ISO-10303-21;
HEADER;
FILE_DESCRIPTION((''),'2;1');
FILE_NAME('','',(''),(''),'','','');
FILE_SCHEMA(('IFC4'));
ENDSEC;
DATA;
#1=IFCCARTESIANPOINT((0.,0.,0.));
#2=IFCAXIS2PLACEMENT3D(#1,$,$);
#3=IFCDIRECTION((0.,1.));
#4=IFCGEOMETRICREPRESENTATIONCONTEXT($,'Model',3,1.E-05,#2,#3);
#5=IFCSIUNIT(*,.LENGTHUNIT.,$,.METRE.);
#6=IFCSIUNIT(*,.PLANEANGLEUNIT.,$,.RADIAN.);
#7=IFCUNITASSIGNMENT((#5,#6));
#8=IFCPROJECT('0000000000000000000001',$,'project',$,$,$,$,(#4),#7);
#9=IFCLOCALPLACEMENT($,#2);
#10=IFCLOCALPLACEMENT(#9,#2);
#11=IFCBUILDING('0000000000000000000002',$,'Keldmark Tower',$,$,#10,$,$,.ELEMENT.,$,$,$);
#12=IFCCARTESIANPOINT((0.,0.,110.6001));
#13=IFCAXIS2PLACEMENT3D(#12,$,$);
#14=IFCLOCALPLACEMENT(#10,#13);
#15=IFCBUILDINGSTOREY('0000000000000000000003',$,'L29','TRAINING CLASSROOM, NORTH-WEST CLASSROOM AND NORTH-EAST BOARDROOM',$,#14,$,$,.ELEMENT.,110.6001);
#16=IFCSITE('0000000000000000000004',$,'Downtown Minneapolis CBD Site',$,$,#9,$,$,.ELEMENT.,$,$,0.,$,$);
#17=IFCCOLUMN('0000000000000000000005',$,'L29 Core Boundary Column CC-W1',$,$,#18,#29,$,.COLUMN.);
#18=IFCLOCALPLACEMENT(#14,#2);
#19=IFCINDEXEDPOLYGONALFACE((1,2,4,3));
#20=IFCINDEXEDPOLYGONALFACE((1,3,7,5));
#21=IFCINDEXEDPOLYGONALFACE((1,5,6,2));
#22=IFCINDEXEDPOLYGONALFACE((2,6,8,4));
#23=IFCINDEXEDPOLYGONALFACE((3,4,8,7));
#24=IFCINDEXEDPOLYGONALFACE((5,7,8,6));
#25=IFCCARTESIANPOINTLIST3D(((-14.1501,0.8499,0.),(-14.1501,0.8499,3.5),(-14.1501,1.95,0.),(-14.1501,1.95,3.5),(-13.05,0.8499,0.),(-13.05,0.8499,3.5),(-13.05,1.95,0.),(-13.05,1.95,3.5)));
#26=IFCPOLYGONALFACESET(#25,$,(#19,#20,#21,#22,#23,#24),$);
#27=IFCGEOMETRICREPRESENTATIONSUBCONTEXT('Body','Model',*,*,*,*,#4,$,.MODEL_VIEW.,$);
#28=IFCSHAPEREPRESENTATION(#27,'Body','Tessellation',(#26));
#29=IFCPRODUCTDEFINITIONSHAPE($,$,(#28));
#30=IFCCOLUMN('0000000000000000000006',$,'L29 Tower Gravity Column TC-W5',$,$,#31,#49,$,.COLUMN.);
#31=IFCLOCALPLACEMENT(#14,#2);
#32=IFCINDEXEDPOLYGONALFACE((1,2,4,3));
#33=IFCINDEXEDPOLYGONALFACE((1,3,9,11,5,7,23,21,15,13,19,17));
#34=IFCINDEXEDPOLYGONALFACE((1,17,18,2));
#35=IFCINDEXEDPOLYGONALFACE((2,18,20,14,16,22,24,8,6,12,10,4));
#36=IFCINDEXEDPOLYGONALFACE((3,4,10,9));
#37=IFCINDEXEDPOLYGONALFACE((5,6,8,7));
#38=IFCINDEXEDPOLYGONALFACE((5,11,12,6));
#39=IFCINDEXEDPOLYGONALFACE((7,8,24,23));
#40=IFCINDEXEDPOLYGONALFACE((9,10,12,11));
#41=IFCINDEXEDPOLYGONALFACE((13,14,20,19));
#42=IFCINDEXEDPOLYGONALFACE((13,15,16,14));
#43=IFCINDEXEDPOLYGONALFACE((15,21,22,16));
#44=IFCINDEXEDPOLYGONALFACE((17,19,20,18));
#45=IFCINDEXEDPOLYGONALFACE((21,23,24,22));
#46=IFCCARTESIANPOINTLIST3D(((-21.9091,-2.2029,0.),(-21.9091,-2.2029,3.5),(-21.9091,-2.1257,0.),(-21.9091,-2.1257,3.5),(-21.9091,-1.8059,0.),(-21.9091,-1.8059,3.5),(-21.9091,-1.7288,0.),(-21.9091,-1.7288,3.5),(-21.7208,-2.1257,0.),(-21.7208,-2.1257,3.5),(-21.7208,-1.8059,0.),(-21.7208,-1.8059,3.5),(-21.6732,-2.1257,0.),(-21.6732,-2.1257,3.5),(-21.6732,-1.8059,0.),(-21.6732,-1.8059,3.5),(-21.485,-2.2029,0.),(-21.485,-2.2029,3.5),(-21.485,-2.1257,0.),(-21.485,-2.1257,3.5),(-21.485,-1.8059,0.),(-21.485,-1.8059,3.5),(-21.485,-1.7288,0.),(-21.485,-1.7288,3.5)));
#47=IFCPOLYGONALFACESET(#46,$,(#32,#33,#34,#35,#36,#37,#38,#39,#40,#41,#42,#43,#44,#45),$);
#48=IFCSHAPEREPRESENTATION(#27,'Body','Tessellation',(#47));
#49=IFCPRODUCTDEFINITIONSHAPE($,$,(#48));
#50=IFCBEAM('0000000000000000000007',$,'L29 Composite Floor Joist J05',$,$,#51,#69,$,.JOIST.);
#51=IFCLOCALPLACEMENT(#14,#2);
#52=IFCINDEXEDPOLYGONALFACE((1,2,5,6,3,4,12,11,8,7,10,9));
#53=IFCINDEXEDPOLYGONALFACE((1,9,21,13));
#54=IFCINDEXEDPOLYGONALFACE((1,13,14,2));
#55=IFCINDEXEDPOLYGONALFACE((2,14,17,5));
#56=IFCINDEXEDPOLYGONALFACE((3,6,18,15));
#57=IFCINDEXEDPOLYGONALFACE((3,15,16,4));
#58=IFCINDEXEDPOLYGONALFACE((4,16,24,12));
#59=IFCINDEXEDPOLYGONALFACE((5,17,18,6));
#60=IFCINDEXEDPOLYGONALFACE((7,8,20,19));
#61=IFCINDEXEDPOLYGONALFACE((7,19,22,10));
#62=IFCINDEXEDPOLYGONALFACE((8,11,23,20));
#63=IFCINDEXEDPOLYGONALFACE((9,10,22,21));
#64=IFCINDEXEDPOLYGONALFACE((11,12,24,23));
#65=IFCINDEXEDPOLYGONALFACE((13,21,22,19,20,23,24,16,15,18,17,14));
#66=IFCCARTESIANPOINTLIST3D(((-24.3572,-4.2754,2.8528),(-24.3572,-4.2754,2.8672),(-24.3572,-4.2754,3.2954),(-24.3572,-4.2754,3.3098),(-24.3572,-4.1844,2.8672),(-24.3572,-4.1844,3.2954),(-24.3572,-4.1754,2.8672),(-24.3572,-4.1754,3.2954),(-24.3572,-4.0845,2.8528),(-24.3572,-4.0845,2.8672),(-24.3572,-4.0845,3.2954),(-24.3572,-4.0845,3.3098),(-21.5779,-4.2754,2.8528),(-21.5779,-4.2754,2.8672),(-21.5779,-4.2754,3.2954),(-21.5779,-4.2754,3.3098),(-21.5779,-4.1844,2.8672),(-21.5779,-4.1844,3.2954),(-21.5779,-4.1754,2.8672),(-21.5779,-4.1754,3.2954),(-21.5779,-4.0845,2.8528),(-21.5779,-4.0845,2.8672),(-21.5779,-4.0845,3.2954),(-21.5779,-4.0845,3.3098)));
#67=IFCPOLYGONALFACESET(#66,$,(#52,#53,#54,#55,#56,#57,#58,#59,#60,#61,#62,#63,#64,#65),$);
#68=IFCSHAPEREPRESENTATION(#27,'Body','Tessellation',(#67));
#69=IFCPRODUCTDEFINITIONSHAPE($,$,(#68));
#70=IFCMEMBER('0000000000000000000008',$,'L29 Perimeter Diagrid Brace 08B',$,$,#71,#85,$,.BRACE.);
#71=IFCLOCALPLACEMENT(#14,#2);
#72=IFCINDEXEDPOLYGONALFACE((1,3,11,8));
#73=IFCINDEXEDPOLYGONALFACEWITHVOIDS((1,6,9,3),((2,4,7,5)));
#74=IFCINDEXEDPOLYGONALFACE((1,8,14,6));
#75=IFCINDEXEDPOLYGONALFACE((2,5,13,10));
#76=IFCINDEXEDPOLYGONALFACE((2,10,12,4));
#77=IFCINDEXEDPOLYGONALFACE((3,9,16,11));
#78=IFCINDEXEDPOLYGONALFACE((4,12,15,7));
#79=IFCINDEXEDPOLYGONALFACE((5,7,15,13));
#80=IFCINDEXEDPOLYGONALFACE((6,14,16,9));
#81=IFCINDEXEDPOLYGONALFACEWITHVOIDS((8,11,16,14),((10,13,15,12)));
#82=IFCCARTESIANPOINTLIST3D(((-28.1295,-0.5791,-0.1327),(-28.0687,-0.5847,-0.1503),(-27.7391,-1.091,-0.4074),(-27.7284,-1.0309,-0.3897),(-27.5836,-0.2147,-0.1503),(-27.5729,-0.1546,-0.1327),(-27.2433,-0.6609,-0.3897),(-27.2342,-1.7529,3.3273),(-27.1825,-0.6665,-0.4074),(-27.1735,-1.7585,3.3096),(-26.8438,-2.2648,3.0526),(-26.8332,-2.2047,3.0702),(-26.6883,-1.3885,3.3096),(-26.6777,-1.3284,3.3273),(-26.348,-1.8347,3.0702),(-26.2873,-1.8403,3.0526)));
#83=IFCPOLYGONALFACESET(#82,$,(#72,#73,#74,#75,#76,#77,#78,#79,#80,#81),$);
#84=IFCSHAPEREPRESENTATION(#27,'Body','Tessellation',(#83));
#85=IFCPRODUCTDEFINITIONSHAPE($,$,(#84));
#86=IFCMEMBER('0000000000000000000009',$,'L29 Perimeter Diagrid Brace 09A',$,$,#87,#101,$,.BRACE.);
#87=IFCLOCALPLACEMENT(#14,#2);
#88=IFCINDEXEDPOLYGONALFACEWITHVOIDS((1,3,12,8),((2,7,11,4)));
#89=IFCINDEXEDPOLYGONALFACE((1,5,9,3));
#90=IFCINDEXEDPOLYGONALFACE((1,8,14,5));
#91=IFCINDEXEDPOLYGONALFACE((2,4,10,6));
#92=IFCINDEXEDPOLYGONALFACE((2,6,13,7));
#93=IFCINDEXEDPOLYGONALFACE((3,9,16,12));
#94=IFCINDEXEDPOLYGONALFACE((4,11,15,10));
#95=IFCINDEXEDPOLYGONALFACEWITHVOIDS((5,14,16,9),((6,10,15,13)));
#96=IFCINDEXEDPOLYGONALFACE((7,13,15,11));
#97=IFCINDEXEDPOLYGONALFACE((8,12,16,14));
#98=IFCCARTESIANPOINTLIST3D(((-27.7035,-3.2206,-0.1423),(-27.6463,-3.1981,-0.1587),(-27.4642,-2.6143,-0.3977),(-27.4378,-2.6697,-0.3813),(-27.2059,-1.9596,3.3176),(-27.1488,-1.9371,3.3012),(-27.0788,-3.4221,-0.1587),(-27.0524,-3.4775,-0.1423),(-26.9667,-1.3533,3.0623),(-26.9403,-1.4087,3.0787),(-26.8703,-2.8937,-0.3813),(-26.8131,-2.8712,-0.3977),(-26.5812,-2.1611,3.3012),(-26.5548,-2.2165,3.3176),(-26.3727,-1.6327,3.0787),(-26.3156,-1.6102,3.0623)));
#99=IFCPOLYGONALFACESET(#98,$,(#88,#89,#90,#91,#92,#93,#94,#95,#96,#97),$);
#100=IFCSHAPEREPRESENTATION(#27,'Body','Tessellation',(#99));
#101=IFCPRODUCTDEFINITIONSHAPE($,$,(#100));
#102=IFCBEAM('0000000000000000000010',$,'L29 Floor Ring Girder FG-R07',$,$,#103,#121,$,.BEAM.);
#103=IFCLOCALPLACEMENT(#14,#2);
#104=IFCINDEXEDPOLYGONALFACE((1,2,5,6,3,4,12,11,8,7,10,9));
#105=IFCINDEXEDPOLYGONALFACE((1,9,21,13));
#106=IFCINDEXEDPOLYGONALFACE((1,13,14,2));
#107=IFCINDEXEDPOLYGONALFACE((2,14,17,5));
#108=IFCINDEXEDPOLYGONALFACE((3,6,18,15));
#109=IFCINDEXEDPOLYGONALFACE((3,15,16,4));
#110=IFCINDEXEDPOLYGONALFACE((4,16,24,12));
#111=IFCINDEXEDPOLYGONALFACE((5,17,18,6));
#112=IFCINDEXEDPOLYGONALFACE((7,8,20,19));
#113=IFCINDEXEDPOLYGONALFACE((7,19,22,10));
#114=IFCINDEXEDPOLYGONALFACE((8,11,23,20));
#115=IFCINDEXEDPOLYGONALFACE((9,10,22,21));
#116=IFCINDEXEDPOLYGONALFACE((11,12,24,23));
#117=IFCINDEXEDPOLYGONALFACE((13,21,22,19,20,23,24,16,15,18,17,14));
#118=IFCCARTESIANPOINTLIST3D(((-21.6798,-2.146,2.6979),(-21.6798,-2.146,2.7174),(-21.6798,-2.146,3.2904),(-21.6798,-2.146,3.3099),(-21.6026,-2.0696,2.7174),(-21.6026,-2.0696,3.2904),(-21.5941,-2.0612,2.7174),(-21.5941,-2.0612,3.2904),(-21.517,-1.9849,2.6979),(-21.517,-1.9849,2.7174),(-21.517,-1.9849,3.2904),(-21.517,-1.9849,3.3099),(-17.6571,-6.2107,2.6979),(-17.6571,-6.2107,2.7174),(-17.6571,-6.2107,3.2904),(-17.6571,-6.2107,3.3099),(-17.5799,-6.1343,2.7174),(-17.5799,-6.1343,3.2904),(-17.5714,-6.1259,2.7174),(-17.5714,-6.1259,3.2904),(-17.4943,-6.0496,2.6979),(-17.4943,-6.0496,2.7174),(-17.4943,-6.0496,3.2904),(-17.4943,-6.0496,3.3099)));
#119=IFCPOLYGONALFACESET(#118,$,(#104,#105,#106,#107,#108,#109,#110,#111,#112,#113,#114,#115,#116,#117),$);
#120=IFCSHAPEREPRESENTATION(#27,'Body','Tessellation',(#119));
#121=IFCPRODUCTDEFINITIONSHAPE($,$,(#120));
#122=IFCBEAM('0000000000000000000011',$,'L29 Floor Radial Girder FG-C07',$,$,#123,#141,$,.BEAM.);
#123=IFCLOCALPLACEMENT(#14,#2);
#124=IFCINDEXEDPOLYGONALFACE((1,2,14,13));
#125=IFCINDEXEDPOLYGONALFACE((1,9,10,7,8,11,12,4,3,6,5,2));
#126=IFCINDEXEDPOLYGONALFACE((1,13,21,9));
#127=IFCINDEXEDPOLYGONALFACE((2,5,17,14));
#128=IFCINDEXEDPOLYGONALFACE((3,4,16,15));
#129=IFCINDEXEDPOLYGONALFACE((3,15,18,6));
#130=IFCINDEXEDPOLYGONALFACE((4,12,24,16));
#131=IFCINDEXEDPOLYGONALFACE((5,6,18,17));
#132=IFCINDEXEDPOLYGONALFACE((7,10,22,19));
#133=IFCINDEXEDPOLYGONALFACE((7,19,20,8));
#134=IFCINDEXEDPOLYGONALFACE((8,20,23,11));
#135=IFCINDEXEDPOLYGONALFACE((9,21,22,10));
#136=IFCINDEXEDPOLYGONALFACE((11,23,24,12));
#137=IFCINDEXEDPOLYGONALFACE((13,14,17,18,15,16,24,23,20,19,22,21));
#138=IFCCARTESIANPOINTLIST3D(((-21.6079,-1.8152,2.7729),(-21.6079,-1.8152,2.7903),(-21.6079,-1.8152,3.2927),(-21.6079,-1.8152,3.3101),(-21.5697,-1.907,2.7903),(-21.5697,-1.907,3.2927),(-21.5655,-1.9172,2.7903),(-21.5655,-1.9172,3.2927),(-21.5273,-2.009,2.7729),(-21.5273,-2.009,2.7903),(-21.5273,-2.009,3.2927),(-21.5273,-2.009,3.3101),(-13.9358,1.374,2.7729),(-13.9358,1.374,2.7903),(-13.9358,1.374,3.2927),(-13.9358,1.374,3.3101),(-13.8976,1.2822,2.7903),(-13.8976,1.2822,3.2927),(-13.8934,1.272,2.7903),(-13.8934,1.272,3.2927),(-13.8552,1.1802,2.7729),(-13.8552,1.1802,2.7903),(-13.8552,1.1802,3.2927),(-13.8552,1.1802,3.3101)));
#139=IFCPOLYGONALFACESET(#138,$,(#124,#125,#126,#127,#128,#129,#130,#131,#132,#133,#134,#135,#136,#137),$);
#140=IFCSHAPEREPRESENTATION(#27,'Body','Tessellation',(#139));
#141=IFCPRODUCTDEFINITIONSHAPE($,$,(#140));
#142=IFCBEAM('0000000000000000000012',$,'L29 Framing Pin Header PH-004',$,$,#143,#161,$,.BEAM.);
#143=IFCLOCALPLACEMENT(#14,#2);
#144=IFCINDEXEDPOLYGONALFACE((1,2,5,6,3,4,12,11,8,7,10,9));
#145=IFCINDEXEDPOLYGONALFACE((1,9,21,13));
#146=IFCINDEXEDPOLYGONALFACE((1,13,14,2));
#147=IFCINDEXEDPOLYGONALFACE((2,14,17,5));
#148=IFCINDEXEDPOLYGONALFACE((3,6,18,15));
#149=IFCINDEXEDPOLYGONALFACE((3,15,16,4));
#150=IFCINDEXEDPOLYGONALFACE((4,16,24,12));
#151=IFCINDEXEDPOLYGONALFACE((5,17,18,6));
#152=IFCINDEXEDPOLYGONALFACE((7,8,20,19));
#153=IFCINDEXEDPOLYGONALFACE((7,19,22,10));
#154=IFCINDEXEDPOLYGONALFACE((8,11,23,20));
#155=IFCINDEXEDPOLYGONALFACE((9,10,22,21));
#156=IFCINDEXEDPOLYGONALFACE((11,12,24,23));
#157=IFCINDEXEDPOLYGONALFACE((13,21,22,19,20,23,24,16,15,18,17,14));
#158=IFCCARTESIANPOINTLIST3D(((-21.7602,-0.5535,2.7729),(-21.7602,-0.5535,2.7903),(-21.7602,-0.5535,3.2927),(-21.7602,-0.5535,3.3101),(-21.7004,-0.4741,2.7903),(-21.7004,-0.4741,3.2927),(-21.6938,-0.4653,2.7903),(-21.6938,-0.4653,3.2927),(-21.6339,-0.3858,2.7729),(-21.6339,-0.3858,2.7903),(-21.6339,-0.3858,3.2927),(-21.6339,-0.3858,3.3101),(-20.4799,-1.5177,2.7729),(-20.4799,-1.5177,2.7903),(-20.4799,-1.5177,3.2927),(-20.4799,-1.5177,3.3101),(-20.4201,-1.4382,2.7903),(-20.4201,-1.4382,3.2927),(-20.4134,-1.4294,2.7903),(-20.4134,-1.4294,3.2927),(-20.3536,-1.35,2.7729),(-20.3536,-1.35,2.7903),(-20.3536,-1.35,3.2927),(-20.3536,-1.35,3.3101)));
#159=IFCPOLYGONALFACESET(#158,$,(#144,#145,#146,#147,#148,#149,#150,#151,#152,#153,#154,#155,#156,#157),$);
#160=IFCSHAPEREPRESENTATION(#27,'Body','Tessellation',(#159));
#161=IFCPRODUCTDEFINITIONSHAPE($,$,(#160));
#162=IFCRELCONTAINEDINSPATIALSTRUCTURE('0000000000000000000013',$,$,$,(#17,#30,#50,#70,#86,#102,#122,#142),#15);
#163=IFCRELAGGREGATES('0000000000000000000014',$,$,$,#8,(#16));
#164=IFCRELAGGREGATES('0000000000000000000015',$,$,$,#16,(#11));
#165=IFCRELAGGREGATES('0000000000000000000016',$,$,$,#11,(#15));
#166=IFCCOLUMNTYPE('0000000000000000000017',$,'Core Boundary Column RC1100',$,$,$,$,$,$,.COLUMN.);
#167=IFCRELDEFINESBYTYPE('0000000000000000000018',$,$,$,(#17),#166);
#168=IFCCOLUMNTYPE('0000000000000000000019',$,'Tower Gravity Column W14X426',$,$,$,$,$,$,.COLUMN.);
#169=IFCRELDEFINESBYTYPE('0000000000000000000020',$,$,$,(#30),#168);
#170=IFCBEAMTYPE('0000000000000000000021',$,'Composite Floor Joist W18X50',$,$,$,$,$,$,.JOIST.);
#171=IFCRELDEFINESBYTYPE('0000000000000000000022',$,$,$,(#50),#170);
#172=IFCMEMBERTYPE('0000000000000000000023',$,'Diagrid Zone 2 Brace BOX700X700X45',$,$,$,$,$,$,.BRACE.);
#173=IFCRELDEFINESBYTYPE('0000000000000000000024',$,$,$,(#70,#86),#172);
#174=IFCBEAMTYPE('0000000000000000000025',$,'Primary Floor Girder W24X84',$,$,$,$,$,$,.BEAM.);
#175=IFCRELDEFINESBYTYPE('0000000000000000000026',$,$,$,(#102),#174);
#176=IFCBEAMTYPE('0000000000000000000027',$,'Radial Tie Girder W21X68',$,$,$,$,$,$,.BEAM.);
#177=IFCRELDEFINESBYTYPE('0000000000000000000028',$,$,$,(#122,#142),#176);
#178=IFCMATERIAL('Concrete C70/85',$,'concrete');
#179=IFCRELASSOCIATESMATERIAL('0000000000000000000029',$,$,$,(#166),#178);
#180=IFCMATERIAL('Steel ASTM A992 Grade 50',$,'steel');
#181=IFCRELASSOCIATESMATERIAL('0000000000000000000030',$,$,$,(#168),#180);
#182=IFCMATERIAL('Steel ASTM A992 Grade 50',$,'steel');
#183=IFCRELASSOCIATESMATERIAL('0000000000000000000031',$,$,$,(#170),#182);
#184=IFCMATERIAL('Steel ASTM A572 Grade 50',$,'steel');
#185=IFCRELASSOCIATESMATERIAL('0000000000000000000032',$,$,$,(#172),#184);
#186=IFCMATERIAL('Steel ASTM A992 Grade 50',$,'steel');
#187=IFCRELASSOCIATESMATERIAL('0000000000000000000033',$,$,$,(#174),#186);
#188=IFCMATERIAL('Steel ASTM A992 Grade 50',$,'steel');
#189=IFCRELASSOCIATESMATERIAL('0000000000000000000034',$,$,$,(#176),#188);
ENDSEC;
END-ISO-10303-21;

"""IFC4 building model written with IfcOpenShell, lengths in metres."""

from ifc_helpers import new_model, si_unit, direction, frame, origin, origin_2d, place, context, subcontext, project, spatial, rectangle, hollow_rectangle, i_section, extrude, material, material_profile, profile_set, type_object, element, save


model = new_model("IFC4")

# Units and contexts
model_context = context("Model", 3, precision=1e-05, world=origin(), true_north=direction((0.0, 1.0)))
body_context = subcontext(model_context, "Body", "Model", "MODEL_VIEW")
ifc_project = project(units=[si_unit("LENGTHUNIT", "METRE"), si_unit("PLANEANGLEUNIT", "RADIAN")], contexts=[model_context])

# Site, building, storey
site_placement = place(None, origin())
site = spatial("IfcSite", under=ifc_project, at=site_placement, Name="Downtown Minneapolis CBD Site", CompositionType="ELEMENT", RefElevation=0.0)
building_placement = place(site_placement, origin())
building = spatial("IfcBuilding", under=site, at=building_placement, Name="Keldmark Tower", CompositionType="ELEMENT")
storey_placement = place(building_placement, frame((0.0, 0.0, 110.6001)))
storey = spatial("IfcBuildingStorey", under=building, at=storey_placement, Name="L29", Description="TRAINING CLASSROOM, NORTH-WEST CLASSROOM AND NORTH-EAST BOARDROOM", CompositionType="ELEMENT", Elevation=110.6001)

# Columns
ifc_material_1 = material(Name="Concrete C70/85", Category="concrete")
ifc_material_profile_1 = material_profile(ifc_material_1, rectangle(XDim=1.1001, YDim=1.1001, at=origin_2d()), Name="RC1100X1100")
ifc_profile_set_1 = profile_set([ifc_material_profile_1], Name="Concrete C70/85")
column_type_1 = type_object("IfcColumnType", Name="Core Boundary Column RC1100", PredefinedType="COLUMN", material=ifc_profile_set_1)
column_1_placement = place(storey_placement, frame((-13.6001, 1.3999, 0.0), z_axis=(0.0, 0.0, 1.0), x_axis=(1.0, 0.0, 0.0)))
element("IfcColumn", 1, at=column_1_placement, inside=storey, type_object=column_type_1, Name="L29 Core Boundary Column CC-W1", PredefinedType="COLUMN", context=body_context, shape_type="SweptSolid", body=[
    extrude(rectangle(XDim=1.1001, YDim=1.1001, at=origin_2d()), origin(), (0.0, 0.0, 1.0), 3.5),
])
ifc_material_2 = material(Name="Steel ASTM A992 Grade 50", Category="steel")
ifc_material_profile_2 = material_profile(ifc_material_2, i_section(OverallWidth=0.4241, OverallDepth=0.4741, WebThickness=0.0476, FlangeThickness=0.0771, at=origin_2d()), Name="W14X426")
ifc_profile_set_2 = profile_set([ifc_material_profile_2], Name="Steel ASTM A992 Grade 50")
column_type_2 = type_object("IfcColumnType", Name="Tower Gravity Column W14X426", PredefinedType="COLUMN", material=ifc_profile_set_2)
column_2_placement = place(storey_placement, frame((-21.697, -1.9658, 0.0), z_axis=(0.0, 0.0, 1.0), x_axis=(1.0, 0.0, 0.0)))
element("IfcColumn", 2, at=column_2_placement, inside=storey, type_object=column_type_2, Name="L29 Tower Gravity Column TC-W5", PredefinedType="COLUMN", context=body_context, shape_type="SweptSolid", body=[
    extrude(i_section(OverallWidth=0.4241, OverallDepth=0.4741, WebThickness=0.0476, FlangeThickness=0.0771, at=origin_2d()), origin(), (0.0, 0.0, 1.0), 3.5),
])

# Beam
ifc_material_3 = material(Name="Steel ASTM A992 Grade 50", Category="steel")
ifc_material_profile_3 = material_profile(ifc_material_3, i_section(OverallWidth=0.1909, OverallDepth=0.457, WebThickness=0.009, FlangeThickness=0.0144, at=origin_2d()), Name="W18X50")
ifc_profile_set_3 = profile_set([ifc_material_profile_3], Name="Steel ASTM A992 Grade 50")
beam_type_1 = type_object("IfcBeamType", Name="Composite Floor Joist W18X50", PredefinedType="JOIST", material=ifc_profile_set_3)
beam_1_placement = place(storey_placement, frame((-24.3572, -4.1799, 3.0813), z_axis=(1.0, 0.0, 0.0), x_axis=(0.0, 1.0, 0.0)))
element("IfcBeam", 3, at=beam_1_placement, inside=storey, type_object=beam_type_1, Name="L29 Composite Floor Joist J05", PredefinedType="JOIST", context=body_context, shape_type="SweptSolid", body=[
    extrude(i_section(OverallWidth=0.1909, OverallDepth=0.457, WebThickness=0.009, FlangeThickness=0.0144, at=origin_2d()), origin(), (0.0, 0.0, 1.0), 2.7793),
])

# Members
ifc_material_4 = material(Name="Steel ASTM A572 Grade 50", Category="steel")
ifc_material_profile_4 = material_profile(ifc_material_4, hollow_rectangle(XDim=0.7, YDim=0.7, WallThickness=0.0449, at=origin_2d()), Name="BOX700X700X45")
ifc_profile_set_4 = profile_set([ifc_material_profile_4], Name="Steel ASTM A572 Grade 50")
member_type = type_object("IfcMemberType", Name="Diagrid Zone 2 Brace BOX700X700X45", PredefinedType="BRACE", material=ifc_profile_set_4)
member_1_placement = place(storey_placement, frame((-27.656, -0.6228, -0.27), z_axis=(0.237992, -0.312044, 0.919776), x_axis=(0.795132, 0.606437, 0.0)))
element("IfcMember", 4, at=member_1_placement, inside=storey, type_object=member_type, Name="L29 Perimeter Diagrid Brace 08B", PredefinedType="BRACE", context=body_context, shape_type="SweptSolid", body=[
    extrude(hollow_rectangle(XDim=0.7, YDim=0.7, WallThickness=0.0449, at=origin_2d()), origin(), (0.0, 0.0, 1.0), 3.7617),
])
member_2_placement = place(storey_placement, frame((-27.2583, -3.0459, -0.27), z_axis=(0.133895, 0.339336, 0.931087), x_axis=(-0.930205, 0.367039, 0.0)))
element("IfcMember", 5, at=member_2_placement, inside=storey, type_object=member_type, Name="L29 Perimeter Diagrid Brace 09A", PredefinedType="BRACE", context=body_context, shape_type="SweptSolid", body=[
    extrude(hollow_rectangle(XDim=0.7, YDim=0.7, WallThickness=0.0449, at=origin_2d()), origin(), (0.0, 0.0, 1.0), 3.7161),
])

# Beams
ifc_material_5 = material(Name="Steel ASTM A992 Grade 50", Category="steel")
ifc_material_profile_5 = material_profile(ifc_material_5, i_section(OverallWidth=0.229, OverallDepth=0.6121, WebThickness=0.012, FlangeThickness=0.0195, at=origin_2d()), Name="W24X84")
ifc_profile_set_5 = profile_set([ifc_material_profile_5], Name="Steel ASTM A992 Grade 50")
beam_type_2 = type_object("IfcBeamType", Name="Primary Floor Girder W24X84", PredefinedType="BEAM", material=ifc_profile_set_5)
beam_2_placement = place(storey_placement, frame((-21.5984, -2.0654, 3.0039), z_axis=(0.703426, -0.710769, 0.0), x_axis=(0.710769, 0.703426, 0.0)))
element("IfcBeam", 6, at=beam_2_placement, inside=storey, type_object=beam_type_2, Name="L29 Floor Ring Girder FG-R07", PredefinedType="BEAM", context=body_context, shape_type="SweptSolid", body=[
    extrude(i_section(OverallWidth=0.229, OverallDepth=0.6121, WebThickness=0.012, FlangeThickness=0.0195, at=origin_2d()), origin(), (0.0, 0.0, 1.0), 5.7188),
])
ifc_material_6 = material(Name="Steel ASTM A992 Grade 50", Category="steel")
ifc_material_profile_6 = material_profile(ifc_material_6, i_section(OverallWidth=0.21, OverallDepth=0.5371, WebThickness=0.011, FlangeThickness=0.0173, at=origin_2d()), Name="W21X68")
ifc_profile_set_6 = profile_set([ifc_material_profile_6], Name="Steel ASTM A992 Grade 50")
beam_type_3 = type_object("IfcBeamType", Name="Radial Tie Girder W21X68", PredefinedType="BEAM", material=ifc_profile_set_6)
beam_3_placement = place(storey_placement, frame((-21.5676, -1.9121, 3.0415), z_axis=(0.923397, 0.383845, 0.0), x_axis=(-0.383845, 0.923397, 0.0)))
element("IfcBeam", 7, at=beam_3_placement, inside=storey, type_object=beam_type_3, Name="L29 Floor Radial Girder FG-C07", PredefinedType="BEAM", context=body_context, shape_type="SweptSolid", body=[
    extrude(i_section(OverallWidth=0.21, OverallDepth=0.5371, WebThickness=0.011, FlangeThickness=0.0173, at=origin_2d()), origin(), (0.0, 0.0, 1.0), 8.3086),
])
beam_4_placement = place(storey_placement, frame((-20.4167, -1.4338, 3.0415), z_axis=(-0.798829, 0.601559, 0.0), x_axis=(-0.601559, -0.798829, 0.0)))
element("IfcBeam", 8, at=beam_4_placement, inside=storey, type_object=beam_type_3, Name="L29 Framing Pin Header PH-004", PredefinedType="BEAM", context=body_context, shape_type="SweptSolid", body=[
    extrude(i_section(OverallWidth=0.21, OverallDepth=0.5371, WebThickness=0.011, FlangeThickness=0.0173, at=origin_2d()), origin(), (0.0, 0.0, 1.0), 1.6028),
])

save(model, "model.ifc")
